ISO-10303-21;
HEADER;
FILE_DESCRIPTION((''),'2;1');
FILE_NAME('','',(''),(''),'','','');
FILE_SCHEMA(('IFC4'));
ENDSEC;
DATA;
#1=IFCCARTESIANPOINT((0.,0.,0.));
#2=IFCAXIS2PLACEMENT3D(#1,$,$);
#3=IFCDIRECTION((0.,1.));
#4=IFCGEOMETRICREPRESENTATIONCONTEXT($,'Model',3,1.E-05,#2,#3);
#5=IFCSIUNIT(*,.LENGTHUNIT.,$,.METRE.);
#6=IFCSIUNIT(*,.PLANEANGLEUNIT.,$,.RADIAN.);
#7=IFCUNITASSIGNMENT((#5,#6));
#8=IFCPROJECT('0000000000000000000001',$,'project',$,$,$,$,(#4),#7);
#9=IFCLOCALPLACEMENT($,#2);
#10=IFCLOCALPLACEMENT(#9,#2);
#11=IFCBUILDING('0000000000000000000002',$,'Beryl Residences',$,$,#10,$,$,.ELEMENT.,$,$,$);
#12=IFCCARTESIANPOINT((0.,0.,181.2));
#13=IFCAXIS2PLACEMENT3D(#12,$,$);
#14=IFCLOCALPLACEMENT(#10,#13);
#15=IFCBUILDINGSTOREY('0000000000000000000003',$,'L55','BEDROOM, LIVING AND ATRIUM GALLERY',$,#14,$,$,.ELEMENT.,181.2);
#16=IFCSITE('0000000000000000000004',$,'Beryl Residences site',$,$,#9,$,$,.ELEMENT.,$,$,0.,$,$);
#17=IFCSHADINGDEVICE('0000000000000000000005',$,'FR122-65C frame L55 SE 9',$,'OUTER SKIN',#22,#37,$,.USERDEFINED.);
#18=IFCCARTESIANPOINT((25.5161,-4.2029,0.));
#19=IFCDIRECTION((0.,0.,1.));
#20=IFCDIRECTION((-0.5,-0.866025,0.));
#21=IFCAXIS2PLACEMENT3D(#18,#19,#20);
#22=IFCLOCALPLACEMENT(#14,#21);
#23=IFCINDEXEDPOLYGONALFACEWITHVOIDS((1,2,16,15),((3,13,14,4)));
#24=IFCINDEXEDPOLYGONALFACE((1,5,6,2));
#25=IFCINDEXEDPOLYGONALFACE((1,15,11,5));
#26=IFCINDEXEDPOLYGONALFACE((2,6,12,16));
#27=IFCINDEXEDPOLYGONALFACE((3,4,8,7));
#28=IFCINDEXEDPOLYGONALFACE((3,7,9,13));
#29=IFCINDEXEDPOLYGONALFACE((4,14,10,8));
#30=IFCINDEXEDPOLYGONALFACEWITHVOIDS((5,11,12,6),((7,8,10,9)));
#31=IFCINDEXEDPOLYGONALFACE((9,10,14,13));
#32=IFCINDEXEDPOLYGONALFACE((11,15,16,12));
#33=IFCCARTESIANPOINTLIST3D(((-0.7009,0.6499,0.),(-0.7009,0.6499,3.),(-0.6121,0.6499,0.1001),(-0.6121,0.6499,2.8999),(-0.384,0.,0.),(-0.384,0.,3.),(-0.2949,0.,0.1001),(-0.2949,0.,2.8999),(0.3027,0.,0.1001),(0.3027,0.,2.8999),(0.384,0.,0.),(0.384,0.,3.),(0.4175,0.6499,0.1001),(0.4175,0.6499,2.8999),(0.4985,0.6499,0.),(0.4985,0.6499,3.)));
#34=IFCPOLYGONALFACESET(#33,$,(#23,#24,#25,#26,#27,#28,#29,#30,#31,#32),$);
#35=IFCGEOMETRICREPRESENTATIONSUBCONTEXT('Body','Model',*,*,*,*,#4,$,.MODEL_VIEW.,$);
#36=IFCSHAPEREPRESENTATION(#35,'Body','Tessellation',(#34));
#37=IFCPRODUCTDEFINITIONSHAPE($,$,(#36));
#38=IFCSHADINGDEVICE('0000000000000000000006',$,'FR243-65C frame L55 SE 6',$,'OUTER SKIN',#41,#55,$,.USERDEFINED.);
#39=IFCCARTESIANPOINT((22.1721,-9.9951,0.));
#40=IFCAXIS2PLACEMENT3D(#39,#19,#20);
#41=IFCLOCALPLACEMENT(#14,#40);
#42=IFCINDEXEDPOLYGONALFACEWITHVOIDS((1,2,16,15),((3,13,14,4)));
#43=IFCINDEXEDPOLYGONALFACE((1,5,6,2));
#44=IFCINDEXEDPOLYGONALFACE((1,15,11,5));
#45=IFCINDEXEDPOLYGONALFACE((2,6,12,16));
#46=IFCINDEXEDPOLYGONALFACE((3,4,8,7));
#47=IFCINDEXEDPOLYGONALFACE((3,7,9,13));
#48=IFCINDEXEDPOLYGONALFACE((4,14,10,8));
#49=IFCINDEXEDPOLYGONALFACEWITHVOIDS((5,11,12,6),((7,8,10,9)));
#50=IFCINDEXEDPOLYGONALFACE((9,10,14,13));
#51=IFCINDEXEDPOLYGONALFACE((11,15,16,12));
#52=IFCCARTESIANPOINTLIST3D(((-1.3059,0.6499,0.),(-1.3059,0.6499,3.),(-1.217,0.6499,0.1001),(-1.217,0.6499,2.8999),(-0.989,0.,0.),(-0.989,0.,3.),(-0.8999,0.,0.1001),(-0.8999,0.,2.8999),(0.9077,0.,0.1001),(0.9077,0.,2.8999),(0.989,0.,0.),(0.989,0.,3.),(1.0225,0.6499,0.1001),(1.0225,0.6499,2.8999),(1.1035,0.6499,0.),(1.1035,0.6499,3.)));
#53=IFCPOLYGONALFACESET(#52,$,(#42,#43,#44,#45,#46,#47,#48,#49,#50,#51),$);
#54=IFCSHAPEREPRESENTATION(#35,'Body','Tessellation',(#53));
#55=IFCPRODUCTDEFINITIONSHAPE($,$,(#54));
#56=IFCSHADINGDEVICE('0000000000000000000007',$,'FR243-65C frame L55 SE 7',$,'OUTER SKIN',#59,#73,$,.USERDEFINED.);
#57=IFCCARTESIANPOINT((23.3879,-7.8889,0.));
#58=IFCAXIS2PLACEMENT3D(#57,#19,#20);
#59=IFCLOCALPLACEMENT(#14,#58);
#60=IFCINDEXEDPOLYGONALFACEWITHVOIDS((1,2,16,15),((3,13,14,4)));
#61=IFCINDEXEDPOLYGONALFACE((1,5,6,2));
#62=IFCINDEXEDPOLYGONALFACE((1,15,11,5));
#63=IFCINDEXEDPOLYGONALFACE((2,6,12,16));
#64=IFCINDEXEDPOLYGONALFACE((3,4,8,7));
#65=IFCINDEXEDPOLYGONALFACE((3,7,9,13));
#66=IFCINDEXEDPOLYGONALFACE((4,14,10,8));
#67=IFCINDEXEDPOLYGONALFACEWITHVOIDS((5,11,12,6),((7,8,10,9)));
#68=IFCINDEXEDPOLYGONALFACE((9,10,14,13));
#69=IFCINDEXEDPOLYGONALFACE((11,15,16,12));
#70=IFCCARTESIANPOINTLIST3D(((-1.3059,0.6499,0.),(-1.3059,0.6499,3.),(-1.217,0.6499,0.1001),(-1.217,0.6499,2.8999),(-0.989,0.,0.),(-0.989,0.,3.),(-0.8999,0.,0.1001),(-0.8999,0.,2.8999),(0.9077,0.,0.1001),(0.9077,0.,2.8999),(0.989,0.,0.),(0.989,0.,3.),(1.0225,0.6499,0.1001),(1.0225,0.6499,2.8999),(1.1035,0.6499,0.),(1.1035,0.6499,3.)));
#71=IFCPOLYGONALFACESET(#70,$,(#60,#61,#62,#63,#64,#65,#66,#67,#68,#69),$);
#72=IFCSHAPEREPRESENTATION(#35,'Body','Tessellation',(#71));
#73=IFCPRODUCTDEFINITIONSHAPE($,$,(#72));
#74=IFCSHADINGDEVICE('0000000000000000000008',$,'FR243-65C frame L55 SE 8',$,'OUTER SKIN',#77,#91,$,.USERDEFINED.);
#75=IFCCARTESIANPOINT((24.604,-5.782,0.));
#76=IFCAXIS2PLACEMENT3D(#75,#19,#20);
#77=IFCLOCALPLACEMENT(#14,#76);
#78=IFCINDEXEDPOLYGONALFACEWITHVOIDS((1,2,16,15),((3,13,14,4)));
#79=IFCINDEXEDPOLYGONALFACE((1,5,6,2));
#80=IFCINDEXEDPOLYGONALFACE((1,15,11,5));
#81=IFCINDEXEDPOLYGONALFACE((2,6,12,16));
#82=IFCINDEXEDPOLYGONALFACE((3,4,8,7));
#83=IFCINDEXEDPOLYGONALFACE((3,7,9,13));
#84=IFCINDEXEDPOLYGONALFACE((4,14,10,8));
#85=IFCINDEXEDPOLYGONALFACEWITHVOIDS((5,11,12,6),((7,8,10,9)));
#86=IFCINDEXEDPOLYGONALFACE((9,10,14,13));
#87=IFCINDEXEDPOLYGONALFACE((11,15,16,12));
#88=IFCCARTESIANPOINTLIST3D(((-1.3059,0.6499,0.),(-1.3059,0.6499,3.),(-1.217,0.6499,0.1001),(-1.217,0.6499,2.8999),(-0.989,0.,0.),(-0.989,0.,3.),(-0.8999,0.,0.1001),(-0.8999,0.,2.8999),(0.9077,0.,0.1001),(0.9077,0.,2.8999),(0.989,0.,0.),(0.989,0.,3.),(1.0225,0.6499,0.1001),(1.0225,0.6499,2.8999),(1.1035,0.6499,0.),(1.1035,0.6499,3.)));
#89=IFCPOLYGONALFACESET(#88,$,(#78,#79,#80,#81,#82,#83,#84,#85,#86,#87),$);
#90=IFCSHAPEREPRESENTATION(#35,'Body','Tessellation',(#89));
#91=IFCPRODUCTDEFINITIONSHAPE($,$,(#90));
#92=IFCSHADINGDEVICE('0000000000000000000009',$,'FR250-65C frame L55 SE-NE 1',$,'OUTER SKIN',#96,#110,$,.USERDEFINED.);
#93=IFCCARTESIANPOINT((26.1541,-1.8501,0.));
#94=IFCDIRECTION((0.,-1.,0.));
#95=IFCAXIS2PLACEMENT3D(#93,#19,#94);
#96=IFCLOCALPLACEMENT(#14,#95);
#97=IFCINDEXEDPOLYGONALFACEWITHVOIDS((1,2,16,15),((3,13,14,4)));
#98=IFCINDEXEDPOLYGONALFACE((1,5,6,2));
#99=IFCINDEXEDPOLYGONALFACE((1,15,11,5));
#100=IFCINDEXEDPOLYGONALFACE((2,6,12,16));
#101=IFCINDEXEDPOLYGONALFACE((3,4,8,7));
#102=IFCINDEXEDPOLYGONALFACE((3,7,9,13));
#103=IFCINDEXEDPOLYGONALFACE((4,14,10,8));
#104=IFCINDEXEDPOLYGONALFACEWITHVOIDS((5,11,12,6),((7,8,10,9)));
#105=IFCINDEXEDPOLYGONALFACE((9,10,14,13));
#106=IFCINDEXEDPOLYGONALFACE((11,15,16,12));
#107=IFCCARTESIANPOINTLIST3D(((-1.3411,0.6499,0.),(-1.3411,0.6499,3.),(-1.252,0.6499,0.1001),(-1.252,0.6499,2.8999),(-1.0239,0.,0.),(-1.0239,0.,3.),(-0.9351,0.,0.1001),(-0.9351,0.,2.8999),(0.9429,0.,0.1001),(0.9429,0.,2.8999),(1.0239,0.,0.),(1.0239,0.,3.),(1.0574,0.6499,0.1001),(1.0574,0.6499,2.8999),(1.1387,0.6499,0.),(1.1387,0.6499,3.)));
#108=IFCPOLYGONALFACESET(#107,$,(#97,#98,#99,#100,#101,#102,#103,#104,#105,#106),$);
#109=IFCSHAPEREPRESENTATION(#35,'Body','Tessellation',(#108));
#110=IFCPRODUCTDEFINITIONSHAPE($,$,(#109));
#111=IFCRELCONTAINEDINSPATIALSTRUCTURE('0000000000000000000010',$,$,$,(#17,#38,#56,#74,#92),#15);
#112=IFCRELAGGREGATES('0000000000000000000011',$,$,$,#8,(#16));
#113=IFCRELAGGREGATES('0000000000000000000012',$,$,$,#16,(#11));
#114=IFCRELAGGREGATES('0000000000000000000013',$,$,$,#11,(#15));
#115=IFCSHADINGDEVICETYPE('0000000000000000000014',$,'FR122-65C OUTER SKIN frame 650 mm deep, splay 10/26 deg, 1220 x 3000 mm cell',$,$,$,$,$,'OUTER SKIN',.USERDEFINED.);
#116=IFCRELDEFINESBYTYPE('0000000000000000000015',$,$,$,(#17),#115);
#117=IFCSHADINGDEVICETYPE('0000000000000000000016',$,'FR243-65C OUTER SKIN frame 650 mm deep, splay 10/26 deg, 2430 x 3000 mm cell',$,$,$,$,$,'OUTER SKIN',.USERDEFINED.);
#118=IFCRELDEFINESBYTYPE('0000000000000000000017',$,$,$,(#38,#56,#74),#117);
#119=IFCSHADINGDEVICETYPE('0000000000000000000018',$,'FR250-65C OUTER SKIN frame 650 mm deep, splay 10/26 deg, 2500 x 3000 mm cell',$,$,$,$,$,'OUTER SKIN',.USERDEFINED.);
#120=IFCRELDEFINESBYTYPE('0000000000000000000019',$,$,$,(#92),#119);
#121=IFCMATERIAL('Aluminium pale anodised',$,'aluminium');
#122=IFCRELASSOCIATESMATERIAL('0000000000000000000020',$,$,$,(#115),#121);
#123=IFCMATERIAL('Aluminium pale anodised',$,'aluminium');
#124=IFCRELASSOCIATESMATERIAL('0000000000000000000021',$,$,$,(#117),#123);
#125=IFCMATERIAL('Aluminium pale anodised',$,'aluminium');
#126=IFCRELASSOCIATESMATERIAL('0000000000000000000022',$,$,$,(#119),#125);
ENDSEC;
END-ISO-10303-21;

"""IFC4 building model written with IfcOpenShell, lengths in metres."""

from ifc_helpers import new_model, entity, si_unit, direction, frame, origin, place, context, subcontext, project, spatial, source, transform, mapped, material, type_object, type_shapes, element, save


model = new_model("IFC4")

# Units and contexts
model_context = context("Model", 3, precision=1e-05, world=origin(), true_north=direction((0.0, 1.0)))
body_context = subcontext(model_context, "Body", "Model", "MODEL_VIEW")
ifc_project = project(units=[si_unit("LENGTHUNIT", "METRE"), si_unit("PLANEANGLEUNIT", "RADIAN")], contexts=[model_context])

# Site, building, storey
site_placement = place(None, origin())
site = spatial("IfcSite", under=ifc_project, at=site_placement, Name="Beryl Residences site", CompositionType="ELEMENT", RefElevation=0.0)
building_placement = place(site_placement, origin())
building = spatial("IfcBuilding", under=site, at=building_placement, Name="Beryl Residences", CompositionType="ELEMENT")
storey_placement = place(building_placement, frame((0.0, 0.0, 181.2)))
storey = spatial("IfcBuildingStorey", under=building, at=storey_placement, Name="L55", Description="BEDROOM, LIVING AND ATRIUM GALLERY", CompositionType="ELEMENT", Elevation=181.2)

# Shading devices
ifc_material_1 = material(Name="Aluminium pale anodised", Category="aluminium")
shading_device_type_1 = type_object("IfcShadingDeviceType", Name="FR122-65C OUTER SKIN frame 650 mm deep, splay 10/26 deg, 1220 x 3000 mm cell", ElementType="OUTER SKIN", PredefinedType="USERDEFINED", material=ifc_material_1)
cartesian_point_1 = entity("IfcCartesianPoint", [-0.384, 0.0])
cartesian_point_2 = entity("IfcCartesianPoint", [-0.3027, 0.1001])
cartesian_point_3 = entity("IfcCartesianPoint", [-0.4985, 0.0])
cartesian_point_4 = entity("IfcCartesianPoint", [-0.4175, 0.1001])
shared_shape_1 = source(origin(), body_context, "Body", "SweptSolid", [
    entity("IfcExtrudedAreaSolidTapered", entity("IfcArbitraryProfileDefWithVoids", "AREA", None, entity("IfcPolyline", [cartesian_point_1, entity("IfcCartesianPoint", [0.384, 0.0]), entity("IfcCartesianPoint", [0.384, 3.0]), entity("IfcCartesianPoint", [-0.384, 3.0]), cartesian_point_1]), [entity("IfcPolyline", [cartesian_point_2, entity("IfcCartesianPoint", [0.2949, 0.1001]), entity("IfcCartesianPoint", [0.2949, 2.8999]), entity("IfcCartesianPoint", [-0.3027, 2.8999]), cartesian_point_2])]), entity("IfcAxis2Placement3D", entity("IfcCartesianPoint", [0.0, 0.0, 0.0]), entity("IfcDirection", [0.0, 1.0, 0.0]), entity("IfcDirection", [-1.0, 0.0, 0.0])), entity("IfcDirection", [0.0, 0.0, 1.0]), 0.6499, entity("IfcArbitraryProfileDefWithVoids", "AREA", None, entity("IfcPolyline", [cartesian_point_3, entity("IfcCartesianPoint", [0.7009, 0.0]), entity("IfcCartesianPoint", [0.7009, 3.0]), entity("IfcCartesianPoint", [-0.4985, 3.0]), cartesian_point_3]), [entity("IfcPolyline", [cartesian_point_4, entity("IfcCartesianPoint", [0.6121, 0.1001]), entity("IfcCartesianPoint", [0.6121, 2.8999]), entity("IfcCartesianPoint", [-0.4175, 2.8999]), cartesian_point_4])])),
])
type_shapes(shading_device_type_1, [shared_shape_1])
shading_device_1_placement = place(storey_placement, frame((25.5161, -4.2029, 0.0), z_axis=(0.0, 0.0, 1.0), x_axis=(-0.5, -0.866025, 0.0)))
element("IfcShadingDevice", 1, at=shading_device_1_placement, inside=storey, type_object=shading_device_type_1, Name="FR122-65C frame L55 SE 9", ObjectType="OUTER SKIN", PredefinedType="USERDEFINED", context=body_context, shape_type="MappedRepresentation", body=[
    mapped(shared_shape_1, transform((0.0, 0.0, 0.0))),
])
ifc_material_2 = material(Name="Aluminium pale anodised", Category="aluminium")
shading_device_type_2 = type_object("IfcShadingDeviceType", Name="FR243-65C OUTER SKIN frame 650 mm deep, splay 10/26 deg, 2430 x 3000 mm cell", ElementType="OUTER SKIN", PredefinedType="USERDEFINED", material=ifc_material_2)
cartesian_point_5 = entity("IfcCartesianPoint", [-0.989, 0.0])
cartesian_point_6 = entity("IfcCartesianPoint", [-0.9077, 0.1001])
cartesian_point_7 = entity("IfcCartesianPoint", [-1.1035, 0.0])
cartesian_point_8 = entity("IfcCartesianPoint", [-1.0225, 0.1001])
shared_shape_2 = source(origin(), body_context, "Body", "SweptSolid", [
    entity("IfcExtrudedAreaSolidTapered", entity("IfcArbitraryProfileDefWithVoids", "AREA", None, entity("IfcPolyline", [cartesian_point_5, entity("IfcCartesianPoint", [0.989, 0.0]), entity("IfcCartesianPoint", [0.989, 3.0]), entity("IfcCartesianPoint", [-0.989, 3.0]), cartesian_point_5]), [entity("IfcPolyline", [cartesian_point_6, entity("IfcCartesianPoint", [0.8999, 0.1001]), entity("IfcCartesianPoint", [0.8999, 2.8999]), entity("IfcCartesianPoint", [-0.9077, 2.8999]), cartesian_point_6])]), entity("IfcAxis2Placement3D", entity("IfcCartesianPoint", [0.0, 0.0, 0.0]), entity("IfcDirection", [0.0, 1.0, 0.0]), entity("IfcDirection", [-1.0, 0.0, 0.0])), entity("IfcDirection", [0.0, 0.0, 1.0]), 0.6499, entity("IfcArbitraryProfileDefWithVoids", "AREA", None, entity("IfcPolyline", [cartesian_point_7, entity("IfcCartesianPoint", [1.3059, 0.0]), entity("IfcCartesianPoint", [1.3059, 3.0]), entity("IfcCartesianPoint", [-1.1035, 3.0]), cartesian_point_7]), [entity("IfcPolyline", [cartesian_point_8, entity("IfcCartesianPoint", [1.217, 0.1001]), entity("IfcCartesianPoint", [1.217, 2.8999]), entity("IfcCartesianPoint", [-1.0225, 2.8999]), cartesian_point_8])])),
])
type_shapes(shading_device_type_2, [shared_shape_2])
for number, where, z_axis, x_axis, name in (
    (2, (22.1721, -9.9951, 0.0), (0.0, 0.0, 1.0), (-0.5, -0.866025, 0.0), "FR243-65C frame L55 SE 6"),
    (3, (23.3879, -7.8889, 0.0), (0.0, 0.0, 1.0), (-0.5, -0.866025, 0.0), "FR243-65C frame L55 SE 7"),
    (4, (24.604, -5.782, 0.0), (0.0, 0.0, 1.0), (-0.5, -0.866025, 0.0), "FR243-65C frame L55 SE 8"),
):
    element("IfcShadingDevice", number, at=place(storey_placement, frame(where, z_axis=z_axis, x_axis=x_axis)), inside=storey, type_object=shading_device_type_2, Name=name, ObjectType="OUTER SKIN", PredefinedType="USERDEFINED", context=body_context, shape_type="MappedRepresentation", body=[
        mapped(shared_shape_2, transform((0.0, 0.0, 0.0))),
    ])
ifc_material_3 = material(Name="Aluminium pale anodised", Category="aluminium")
shading_device_type_3 = type_object("IfcShadingDeviceType", Name="FR250-65C OUTER SKIN frame 650 mm deep, splay 10/26 deg, 2500 x 3000 mm cell", ElementType="OUTER SKIN", PredefinedType="USERDEFINED", material=ifc_material_3)
cartesian_point_9 = entity("IfcCartesianPoint", [-1.0239, 0.0])
cartesian_point_10 = entity("IfcCartesianPoint", [-0.9429, 0.1001])
cartesian_point_11 = entity("IfcCartesianPoint", [-1.1387, 0.0])
cartesian_point_12 = entity("IfcCartesianPoint", [-1.0574, 0.1001])
shared_shape_3 = source(origin(), body_context, "Body", "SweptSolid", [
    entity("IfcExtrudedAreaSolidTapered", entity("IfcArbitraryProfileDefWithVoids", "AREA", None, entity("IfcPolyline", [cartesian_point_9, entity("IfcCartesianPoint", [1.0239, 0.0]), entity("IfcCartesianPoint", [1.0239, 3.0]), entity("IfcCartesianPoint", [-1.0239, 3.0]), cartesian_point_9]), [entity("IfcPolyline", [cartesian_point_10, entity("IfcCartesianPoint", [0.9351, 0.1001]), entity("IfcCartesianPoint", [0.9351, 2.8999]), entity("IfcCartesianPoint", [-0.9429, 2.8999]), cartesian_point_10])]), entity("IfcAxis2Placement3D", entity("IfcCartesianPoint", [0.0, 0.0, 0.0]), entity("IfcDirection", [0.0, 1.0, 0.0]), entity("IfcDirection", [-1.0, 0.0, 0.0])), entity("IfcDirection", [0.0, 0.0, 1.0]), 0.6499, entity("IfcArbitraryProfileDefWithVoids", "AREA", None, entity("IfcPolyline", [cartesian_point_11, entity("IfcCartesianPoint", [1.3411, 0.0]), entity("IfcCartesianPoint", [1.3411, 3.0]), entity("IfcCartesianPoint", [-1.1387, 3.0]), cartesian_point_11]), [entity("IfcPolyline", [cartesian_point_12, entity("IfcCartesianPoint", [1.252, 0.1001]), entity("IfcCartesianPoint", [1.252, 2.8999]), entity("IfcCartesianPoint", [-1.0574, 2.8999]), cartesian_point_12])])),
])
type_shapes(shading_device_type_3, [shared_shape_3])
shading_device_2_placement = place(storey_placement, frame((26.1541, -1.8501, 0.0), z_axis=(0.0, 0.0, 1.0), x_axis=(0.0, -1.0, 0.0)))
element("IfcShadingDevice", 5, at=shading_device_2_placement, inside=storey, type_object=shading_device_type_3, Name="FR250-65C frame L55 SE-NE 1", ObjectType="OUTER SKIN", PredefinedType="USERDEFINED", context=body_context, shape_type="MappedRepresentation", body=[
    mapped(shared_shape_3, transform((0.0, 0.0, 0.0))),
])

save(model, "model.ifc")
